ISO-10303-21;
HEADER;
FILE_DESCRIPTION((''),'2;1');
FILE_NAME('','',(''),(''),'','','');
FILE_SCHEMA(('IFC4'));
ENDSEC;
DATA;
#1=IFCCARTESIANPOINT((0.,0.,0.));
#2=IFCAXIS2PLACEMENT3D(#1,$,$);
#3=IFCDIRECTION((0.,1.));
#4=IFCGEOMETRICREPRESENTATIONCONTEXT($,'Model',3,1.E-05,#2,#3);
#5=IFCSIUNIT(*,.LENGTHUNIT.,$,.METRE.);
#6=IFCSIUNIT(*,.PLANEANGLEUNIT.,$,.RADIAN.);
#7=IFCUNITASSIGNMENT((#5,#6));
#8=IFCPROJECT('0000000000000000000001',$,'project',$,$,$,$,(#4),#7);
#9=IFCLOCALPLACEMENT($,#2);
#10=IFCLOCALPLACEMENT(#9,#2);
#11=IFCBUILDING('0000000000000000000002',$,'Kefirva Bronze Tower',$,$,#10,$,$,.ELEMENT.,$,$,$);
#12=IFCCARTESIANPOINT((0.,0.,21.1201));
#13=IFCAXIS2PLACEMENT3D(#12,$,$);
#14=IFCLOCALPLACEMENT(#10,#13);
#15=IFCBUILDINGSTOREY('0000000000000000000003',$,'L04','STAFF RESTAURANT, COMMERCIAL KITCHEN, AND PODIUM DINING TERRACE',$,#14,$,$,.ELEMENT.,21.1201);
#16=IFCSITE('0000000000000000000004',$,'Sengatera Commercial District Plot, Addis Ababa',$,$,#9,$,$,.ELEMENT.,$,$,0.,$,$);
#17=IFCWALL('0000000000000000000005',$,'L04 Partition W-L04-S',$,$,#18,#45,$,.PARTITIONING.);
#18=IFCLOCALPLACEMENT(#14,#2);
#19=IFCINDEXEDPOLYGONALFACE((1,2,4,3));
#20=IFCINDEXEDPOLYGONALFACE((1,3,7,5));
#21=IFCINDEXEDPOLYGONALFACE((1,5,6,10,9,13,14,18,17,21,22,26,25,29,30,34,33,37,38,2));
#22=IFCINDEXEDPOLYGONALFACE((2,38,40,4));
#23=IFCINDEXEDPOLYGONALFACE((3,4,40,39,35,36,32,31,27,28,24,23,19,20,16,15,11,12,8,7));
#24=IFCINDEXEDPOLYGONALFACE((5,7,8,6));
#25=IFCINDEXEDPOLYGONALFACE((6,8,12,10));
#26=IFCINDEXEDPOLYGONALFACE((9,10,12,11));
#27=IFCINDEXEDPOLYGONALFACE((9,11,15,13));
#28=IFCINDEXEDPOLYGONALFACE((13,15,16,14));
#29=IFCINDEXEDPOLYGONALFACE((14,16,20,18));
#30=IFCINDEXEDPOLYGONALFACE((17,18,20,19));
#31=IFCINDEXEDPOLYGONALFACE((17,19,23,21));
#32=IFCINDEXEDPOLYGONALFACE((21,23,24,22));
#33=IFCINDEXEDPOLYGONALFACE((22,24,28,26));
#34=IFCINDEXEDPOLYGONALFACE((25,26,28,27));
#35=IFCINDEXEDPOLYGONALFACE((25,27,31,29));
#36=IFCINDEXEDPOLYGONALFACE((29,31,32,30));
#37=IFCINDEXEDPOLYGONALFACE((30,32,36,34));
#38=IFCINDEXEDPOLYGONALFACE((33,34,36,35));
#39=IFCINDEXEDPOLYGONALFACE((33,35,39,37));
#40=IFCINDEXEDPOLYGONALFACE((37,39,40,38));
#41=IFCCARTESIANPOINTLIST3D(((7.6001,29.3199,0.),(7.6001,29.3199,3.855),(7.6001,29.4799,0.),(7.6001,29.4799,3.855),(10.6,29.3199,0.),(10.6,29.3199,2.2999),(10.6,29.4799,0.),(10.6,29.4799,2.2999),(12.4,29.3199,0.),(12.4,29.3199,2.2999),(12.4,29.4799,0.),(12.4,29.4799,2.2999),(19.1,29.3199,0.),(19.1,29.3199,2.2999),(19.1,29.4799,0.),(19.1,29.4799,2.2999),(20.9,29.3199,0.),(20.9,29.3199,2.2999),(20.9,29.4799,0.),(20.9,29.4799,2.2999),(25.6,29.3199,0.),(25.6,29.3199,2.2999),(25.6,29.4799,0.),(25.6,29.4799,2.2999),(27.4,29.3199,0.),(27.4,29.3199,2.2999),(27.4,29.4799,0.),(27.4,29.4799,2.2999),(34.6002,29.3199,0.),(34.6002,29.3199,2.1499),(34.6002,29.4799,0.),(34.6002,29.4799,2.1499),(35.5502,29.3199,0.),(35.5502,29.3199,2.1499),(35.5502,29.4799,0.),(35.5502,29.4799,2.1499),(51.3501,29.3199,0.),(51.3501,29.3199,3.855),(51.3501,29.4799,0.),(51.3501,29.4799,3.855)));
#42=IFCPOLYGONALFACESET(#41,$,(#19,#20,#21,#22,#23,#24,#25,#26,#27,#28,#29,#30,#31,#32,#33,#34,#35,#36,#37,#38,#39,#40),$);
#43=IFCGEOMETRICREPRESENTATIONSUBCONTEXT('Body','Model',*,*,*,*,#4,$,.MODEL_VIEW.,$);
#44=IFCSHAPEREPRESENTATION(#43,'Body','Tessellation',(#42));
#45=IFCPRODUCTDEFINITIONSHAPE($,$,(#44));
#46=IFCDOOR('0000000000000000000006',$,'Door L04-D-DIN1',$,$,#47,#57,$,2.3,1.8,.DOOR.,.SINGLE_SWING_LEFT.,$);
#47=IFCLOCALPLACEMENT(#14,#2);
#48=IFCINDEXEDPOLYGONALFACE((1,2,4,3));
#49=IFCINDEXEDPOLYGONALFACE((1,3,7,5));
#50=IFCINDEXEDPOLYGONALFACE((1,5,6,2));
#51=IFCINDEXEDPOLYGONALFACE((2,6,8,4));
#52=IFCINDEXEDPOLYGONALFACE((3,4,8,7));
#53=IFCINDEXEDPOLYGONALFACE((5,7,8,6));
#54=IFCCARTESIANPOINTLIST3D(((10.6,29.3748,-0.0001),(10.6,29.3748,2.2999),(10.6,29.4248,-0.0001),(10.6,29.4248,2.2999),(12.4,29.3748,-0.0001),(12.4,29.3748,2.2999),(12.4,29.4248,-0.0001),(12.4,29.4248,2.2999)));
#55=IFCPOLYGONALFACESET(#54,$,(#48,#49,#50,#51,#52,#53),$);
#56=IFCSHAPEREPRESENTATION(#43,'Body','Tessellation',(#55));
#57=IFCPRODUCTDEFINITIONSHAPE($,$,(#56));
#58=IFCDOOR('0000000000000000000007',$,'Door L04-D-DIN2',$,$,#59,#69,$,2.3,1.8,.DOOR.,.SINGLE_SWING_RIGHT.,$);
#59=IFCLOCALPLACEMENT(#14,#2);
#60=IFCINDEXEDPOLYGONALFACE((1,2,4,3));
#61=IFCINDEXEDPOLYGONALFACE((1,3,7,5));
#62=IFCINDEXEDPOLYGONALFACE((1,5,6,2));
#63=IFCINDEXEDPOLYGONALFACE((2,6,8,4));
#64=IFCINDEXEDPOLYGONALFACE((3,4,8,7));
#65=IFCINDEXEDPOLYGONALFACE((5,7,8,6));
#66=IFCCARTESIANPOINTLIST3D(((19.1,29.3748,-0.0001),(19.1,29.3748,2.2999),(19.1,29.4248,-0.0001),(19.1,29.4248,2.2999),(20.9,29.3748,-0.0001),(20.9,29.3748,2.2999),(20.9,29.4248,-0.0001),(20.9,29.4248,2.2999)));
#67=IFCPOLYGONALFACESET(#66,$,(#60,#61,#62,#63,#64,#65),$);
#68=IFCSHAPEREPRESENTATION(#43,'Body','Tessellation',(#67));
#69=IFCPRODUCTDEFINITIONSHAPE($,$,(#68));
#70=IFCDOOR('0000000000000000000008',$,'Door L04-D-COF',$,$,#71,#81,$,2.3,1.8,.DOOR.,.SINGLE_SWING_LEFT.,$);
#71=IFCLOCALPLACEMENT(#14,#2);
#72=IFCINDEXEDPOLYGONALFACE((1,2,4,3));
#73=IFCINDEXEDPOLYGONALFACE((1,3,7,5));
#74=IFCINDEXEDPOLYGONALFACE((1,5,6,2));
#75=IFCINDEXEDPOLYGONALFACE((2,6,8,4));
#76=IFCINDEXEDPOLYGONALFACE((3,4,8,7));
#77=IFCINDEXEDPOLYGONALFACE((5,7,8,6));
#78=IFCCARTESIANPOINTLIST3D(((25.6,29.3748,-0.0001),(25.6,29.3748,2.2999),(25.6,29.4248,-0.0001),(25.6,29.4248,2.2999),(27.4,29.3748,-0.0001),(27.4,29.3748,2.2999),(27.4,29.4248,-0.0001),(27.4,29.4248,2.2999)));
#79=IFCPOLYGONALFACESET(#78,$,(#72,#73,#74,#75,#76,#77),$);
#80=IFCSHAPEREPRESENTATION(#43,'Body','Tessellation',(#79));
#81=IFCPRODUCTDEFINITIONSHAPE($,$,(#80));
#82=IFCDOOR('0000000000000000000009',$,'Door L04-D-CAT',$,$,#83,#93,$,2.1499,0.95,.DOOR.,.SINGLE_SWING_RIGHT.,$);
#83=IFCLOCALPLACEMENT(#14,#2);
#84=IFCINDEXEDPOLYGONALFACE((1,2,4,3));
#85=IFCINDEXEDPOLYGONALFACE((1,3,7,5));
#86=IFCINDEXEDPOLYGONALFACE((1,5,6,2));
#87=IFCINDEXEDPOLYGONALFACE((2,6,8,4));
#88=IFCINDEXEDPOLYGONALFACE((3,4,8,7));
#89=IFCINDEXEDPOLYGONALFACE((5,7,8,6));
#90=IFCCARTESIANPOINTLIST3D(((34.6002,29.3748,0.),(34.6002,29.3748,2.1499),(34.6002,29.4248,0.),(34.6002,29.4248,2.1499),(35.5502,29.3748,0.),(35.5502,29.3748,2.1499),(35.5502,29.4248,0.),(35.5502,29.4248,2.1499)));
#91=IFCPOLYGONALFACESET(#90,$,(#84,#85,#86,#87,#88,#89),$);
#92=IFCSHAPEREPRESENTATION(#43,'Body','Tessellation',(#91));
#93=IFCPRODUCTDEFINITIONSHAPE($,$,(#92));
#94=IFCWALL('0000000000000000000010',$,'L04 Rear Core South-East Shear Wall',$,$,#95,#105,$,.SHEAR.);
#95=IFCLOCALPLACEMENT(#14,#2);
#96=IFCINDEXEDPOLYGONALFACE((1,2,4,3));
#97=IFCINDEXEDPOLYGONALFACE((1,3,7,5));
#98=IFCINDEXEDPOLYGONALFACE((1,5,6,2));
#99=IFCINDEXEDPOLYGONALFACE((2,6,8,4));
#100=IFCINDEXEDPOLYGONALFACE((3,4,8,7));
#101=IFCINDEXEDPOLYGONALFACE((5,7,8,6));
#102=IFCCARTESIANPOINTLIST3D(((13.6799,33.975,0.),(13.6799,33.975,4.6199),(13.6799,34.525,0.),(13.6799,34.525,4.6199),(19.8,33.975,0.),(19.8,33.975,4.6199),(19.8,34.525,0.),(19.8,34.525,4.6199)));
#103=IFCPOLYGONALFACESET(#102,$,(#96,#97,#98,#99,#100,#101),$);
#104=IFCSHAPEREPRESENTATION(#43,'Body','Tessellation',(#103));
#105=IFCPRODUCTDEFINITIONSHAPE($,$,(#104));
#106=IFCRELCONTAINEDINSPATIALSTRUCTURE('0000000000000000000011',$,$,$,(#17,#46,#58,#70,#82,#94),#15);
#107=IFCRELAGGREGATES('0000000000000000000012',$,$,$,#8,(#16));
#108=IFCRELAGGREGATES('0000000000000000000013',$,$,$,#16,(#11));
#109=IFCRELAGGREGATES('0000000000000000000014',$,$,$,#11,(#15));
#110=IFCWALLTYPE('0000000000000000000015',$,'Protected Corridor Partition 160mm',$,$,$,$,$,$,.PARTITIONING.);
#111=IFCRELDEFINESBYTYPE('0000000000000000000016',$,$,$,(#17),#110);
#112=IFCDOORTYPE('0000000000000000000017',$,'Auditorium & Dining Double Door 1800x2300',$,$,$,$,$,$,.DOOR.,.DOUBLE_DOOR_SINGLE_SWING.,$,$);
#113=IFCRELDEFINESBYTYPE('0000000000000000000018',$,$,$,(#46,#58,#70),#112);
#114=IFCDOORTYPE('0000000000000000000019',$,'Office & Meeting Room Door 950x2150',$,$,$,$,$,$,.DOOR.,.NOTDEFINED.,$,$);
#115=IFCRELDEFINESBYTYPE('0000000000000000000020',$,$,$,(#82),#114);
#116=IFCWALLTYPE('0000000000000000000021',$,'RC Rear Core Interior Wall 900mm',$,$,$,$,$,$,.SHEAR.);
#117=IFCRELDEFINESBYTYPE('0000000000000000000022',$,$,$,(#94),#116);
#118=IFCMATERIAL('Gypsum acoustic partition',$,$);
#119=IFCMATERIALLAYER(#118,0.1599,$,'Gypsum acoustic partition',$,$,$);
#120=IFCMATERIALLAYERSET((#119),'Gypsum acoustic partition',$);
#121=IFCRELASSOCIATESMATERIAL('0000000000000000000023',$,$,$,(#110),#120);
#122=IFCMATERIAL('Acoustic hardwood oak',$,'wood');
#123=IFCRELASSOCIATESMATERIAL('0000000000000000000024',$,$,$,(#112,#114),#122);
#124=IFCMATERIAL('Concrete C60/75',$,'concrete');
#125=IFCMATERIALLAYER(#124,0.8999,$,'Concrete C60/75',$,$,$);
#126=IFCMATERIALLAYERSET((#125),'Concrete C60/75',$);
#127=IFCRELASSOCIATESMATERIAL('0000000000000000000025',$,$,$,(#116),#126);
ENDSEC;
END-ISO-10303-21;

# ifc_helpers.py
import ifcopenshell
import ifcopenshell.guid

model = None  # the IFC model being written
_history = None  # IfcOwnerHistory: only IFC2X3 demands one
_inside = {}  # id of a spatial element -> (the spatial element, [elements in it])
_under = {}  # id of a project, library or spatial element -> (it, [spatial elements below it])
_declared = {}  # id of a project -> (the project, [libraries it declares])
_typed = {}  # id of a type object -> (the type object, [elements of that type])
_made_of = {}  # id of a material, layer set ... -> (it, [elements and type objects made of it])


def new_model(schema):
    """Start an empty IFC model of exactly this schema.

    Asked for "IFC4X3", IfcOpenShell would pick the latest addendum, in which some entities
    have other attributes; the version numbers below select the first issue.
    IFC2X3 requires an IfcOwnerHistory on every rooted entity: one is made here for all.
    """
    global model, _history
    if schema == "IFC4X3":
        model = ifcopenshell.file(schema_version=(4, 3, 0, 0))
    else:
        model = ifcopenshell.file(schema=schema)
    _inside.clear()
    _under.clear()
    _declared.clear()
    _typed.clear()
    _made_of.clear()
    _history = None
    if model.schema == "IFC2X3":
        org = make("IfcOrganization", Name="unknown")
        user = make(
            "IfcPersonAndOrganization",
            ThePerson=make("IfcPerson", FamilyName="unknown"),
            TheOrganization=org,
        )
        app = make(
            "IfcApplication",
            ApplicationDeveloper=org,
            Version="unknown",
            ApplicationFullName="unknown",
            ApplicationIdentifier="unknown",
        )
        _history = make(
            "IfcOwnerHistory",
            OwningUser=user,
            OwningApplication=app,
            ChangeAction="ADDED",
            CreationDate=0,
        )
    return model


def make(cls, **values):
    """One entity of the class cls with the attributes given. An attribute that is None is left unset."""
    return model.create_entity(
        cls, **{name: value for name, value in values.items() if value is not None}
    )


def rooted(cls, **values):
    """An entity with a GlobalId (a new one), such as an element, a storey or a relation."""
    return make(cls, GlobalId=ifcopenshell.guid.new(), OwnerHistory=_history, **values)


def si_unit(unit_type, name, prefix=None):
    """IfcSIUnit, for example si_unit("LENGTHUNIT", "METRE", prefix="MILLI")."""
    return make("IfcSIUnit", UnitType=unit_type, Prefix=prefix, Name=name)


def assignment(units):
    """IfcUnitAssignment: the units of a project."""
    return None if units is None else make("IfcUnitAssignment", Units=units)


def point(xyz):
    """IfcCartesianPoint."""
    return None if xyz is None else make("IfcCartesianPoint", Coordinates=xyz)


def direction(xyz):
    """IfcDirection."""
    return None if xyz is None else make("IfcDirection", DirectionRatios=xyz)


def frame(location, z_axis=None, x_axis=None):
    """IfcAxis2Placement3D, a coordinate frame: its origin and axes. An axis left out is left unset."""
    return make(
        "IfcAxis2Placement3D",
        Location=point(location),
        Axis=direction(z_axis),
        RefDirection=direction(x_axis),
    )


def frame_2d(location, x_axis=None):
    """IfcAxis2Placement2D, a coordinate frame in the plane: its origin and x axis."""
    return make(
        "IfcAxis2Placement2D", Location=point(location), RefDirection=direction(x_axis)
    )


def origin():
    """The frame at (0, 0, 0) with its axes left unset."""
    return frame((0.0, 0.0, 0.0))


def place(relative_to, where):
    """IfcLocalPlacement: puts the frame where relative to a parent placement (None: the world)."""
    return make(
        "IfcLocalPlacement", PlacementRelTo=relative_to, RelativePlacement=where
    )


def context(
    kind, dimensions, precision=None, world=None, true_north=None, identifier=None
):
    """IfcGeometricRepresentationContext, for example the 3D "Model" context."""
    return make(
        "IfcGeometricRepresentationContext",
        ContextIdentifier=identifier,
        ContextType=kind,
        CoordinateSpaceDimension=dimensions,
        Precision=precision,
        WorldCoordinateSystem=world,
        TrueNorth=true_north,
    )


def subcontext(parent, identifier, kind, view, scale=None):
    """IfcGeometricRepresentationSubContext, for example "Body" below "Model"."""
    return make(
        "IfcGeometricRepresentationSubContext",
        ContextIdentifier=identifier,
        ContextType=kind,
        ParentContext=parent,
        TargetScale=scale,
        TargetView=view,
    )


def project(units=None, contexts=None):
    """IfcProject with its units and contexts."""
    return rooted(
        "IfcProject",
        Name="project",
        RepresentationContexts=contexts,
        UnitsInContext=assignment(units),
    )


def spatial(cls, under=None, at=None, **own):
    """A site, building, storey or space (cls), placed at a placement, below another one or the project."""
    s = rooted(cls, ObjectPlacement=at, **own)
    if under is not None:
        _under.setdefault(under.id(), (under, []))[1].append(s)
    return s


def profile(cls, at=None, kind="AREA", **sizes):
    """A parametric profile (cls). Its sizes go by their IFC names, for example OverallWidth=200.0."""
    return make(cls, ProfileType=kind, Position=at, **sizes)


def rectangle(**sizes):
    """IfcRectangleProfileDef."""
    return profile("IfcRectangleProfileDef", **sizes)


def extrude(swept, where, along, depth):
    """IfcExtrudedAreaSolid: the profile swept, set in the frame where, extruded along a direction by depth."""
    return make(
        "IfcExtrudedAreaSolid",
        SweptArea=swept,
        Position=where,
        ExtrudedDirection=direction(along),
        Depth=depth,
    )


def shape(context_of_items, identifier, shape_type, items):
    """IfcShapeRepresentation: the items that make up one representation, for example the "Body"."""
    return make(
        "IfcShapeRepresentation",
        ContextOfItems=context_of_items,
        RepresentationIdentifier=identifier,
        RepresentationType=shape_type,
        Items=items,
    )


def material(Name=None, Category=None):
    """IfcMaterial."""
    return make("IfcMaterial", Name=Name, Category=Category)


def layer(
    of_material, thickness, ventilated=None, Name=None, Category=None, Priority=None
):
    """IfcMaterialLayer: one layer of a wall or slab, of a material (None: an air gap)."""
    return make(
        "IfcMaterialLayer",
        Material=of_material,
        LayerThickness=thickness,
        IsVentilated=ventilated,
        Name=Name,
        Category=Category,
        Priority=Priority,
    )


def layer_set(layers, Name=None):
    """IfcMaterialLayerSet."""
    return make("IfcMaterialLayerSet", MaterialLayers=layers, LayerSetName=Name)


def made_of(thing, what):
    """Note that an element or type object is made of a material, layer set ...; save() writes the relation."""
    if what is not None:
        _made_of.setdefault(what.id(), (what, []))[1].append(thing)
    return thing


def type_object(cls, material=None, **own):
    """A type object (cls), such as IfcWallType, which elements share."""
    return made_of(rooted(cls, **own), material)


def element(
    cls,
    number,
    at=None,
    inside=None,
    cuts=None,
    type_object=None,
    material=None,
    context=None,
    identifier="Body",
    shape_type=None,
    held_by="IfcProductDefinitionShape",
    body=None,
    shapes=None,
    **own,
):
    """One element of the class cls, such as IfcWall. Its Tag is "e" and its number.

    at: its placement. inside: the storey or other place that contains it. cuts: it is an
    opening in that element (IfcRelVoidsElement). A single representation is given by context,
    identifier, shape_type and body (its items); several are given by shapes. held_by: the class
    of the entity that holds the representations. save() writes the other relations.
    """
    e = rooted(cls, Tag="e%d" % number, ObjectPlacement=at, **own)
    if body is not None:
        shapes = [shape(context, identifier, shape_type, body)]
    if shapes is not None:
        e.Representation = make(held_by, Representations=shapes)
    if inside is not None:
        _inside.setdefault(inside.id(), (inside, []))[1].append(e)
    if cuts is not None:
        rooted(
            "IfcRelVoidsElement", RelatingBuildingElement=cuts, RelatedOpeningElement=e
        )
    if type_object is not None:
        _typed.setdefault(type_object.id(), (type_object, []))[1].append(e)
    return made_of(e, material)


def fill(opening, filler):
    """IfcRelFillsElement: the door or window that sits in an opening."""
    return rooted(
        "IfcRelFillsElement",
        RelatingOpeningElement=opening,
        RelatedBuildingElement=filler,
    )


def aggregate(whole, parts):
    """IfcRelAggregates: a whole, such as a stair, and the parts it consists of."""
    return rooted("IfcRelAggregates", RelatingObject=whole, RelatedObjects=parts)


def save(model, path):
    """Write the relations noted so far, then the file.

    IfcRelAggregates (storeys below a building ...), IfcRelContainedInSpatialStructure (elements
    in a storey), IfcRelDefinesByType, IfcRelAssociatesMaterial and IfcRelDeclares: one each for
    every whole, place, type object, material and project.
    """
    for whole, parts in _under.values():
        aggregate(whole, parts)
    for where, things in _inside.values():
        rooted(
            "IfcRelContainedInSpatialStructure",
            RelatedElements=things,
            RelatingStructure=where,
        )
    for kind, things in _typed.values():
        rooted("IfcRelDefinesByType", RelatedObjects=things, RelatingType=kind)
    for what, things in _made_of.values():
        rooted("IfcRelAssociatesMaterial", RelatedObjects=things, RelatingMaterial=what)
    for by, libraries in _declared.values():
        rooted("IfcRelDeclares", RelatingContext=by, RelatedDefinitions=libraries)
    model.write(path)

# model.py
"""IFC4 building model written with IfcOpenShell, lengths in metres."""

from ifc_helpers import new_model, si_unit, direction, frame, frame_2d, origin, place, context, subcontext, project, spatial, rectangle, extrude, material, layer, layer_set, type_object, element, fill, save


model = new_model("IFC4")

# Units and contexts
model_context = context("Model", 3, precision=1e-05, world=origin(), true_north=direction((0.0, 1.0)))
body_context = subcontext(model_context, "Body", "Model", "MODEL_VIEW")
ifc_project = project(units=[si_unit("LENGTHUNIT", "METRE"), si_unit("PLANEANGLEUNIT", "RADIAN")], contexts=[model_context])

# Site, building, storey
site_placement = place(None, origin())
site = spatial("IfcSite", under=ifc_project, at=site_placement, Name="Sengatera Commercial District Plot, Addis Ababa", CompositionType="ELEMENT", RefElevation=0.0)
building_placement = place(site_placement, origin())
building = spatial("IfcBuilding", under=site, at=building_placement, Name="Kefirva Bronze Tower", CompositionType="ELEMENT")
storey_placement = place(building_placement, frame((0.0, 0.0, 21.1201)))
storey = spatial("IfcBuildingStorey", under=building, at=storey_placement, Name="L04", Description="STAFF RESTAURANT, COMMERCIAL KITCHEN, AND PODIUM DINING TERRACE", CompositionType="ELEMENT", Elevation=21.1201)

# Shared definitions
ifc_material_1 = material(Name="Concrete C60/75", Category="concrete")

# Wall, openings, doors
ifc_material_2 = material(Name="Gypsum acoustic partition")
ifc_layer_1 = layer(ifc_material_2, 0.1599, Name="Gypsum acoustic partition")
ifc_layer_set_1 = layer_set([ifc_layer_1], Name="Gypsum acoustic partition")
wall_type_1 = type_object("IfcWallType", Name="Protected Corridor Partition 160mm", PredefinedType="PARTITIONING", material=ifc_layer_set_1)
wall_1_placement = place(storey_placement, frame((7.6001, 29.3999, 0.0), z_axis=(0.0, 0.0, 1.0), x_axis=(1.0, 0.0, 0.0)))
wall_1 = element("IfcWall", 1, at=wall_1_placement, inside=storey, type_object=wall_type_1, Name="L04 Partition W-L04-S", PredefinedType="PARTITIONING", context=body_context, shape_type="SweptSolid", body=[
    extrude(rectangle(XDim=43.75, YDim=0.1599, at=frame_2d((21.875, 0.0))), origin(), (0.0, 0.0, 1.0), 3.855),
])
opening_1_placement = place(wall_1_placement, frame((3.0, 0.0, 0.0)))
opening_1 = element("IfcOpeningElement", 2, at=opening_1_placement, cuts=wall_1, PredefinedType="OPENING", context=body_context, shape_type="SweptSolid", body=[
    extrude(rectangle(XDim=1.8, YDim=2.3, at=frame_2d((0.8999, 1.1499))), frame((0.0, 0.0898, 0.0), z_axis=(0.0, -1.0, 0.0), x_axis=(1.0, 0.0, 0.0)), (0.0, 0.0, 1.0), 0.1799),
])
opening_2_placement = place(wall_1_placement, frame((11.5, 0.0, 0.0)))
opening_2 = element("IfcOpeningElement", 3, at=opening_2_placement, cuts=wall_1, PredefinedType="OPENING", context=body_context, shape_type="SweptSolid", body=[
    extrude(rectangle(XDim=1.8, YDim=2.3, at=frame_2d((0.8999, 1.1499))), frame((0.0, 0.0898, 0.0), z_axis=(0.0, -1.0, 0.0), x_axis=(1.0, 0.0, 0.0)), (0.0, 0.0, 1.0), 0.1799),
])
opening_3_placement = place(wall_1_placement, frame((18.0, 0.0, 0.0)))
opening_3 = element("IfcOpeningElement", 4, at=opening_3_placement, cuts=wall_1, PredefinedType="OPENING", context=body_context, shape_type="SweptSolid", body=[
    extrude(rectangle(XDim=1.8, YDim=2.3, at=frame_2d((0.8999, 1.1499))), frame((0.0, 0.0898, 0.0), z_axis=(0.0, -1.0, 0.0), x_axis=(1.0, 0.0, 0.0)), (0.0, 0.0, 1.0), 0.1799),
])
opening_4_placement = place(wall_1_placement, frame((27.0, 0.0, 0.0)))
opening_4 = element("IfcOpeningElement", 5, at=opening_4_placement, cuts=wall_1, PredefinedType="OPENING", context=body_context, shape_type="SweptSolid", body=[
    extrude(rectangle(XDim=0.95, YDim=2.1499, at=frame_2d((0.4751, 1.075))), frame((0.0, 0.0898, 0.0), z_axis=(0.0, -1.0, 0.0), x_axis=(1.0, 0.0, 0.0)), (0.0, 0.0, 1.0), 0.1799),
])
ifc_material_3 = material(Name="Acoustic hardwood oak", Category="wood")
door_type_1 = type_object("IfcDoorType", Name="Auditorium & Dining Double Door 1800x2300", OperationType="DOUBLE_DOOR_SINGLE_SWING", PredefinedType="DOOR", material=ifc_material_3)
door_1_placement = place(opening_1_placement, origin())
door_1 = element("IfcDoor", 6, at=door_1_placement, inside=storey, type_object=door_type_1, Name="Door L04-D-DIN1", OperationType="SINGLE_SWING_LEFT", OverallHeight=2.3, OverallWidth=1.8, PredefinedType="DOOR", context=body_context, shape_type="SweptSolid", body=[
    extrude(rectangle(XDim=1.8, YDim=2.3, at=frame_2d((0.8999, 1.1499))), frame((0.0, 0.0249, 0.0), z_axis=(0.0, -1.0, 0.0), x_axis=(1.0, 0.0, 0.0)), (0.0, 0.0, 1.0), 0.05),
])
fill(opening_1, door_1)
door_2_placement = place(opening_2_placement, origin())
door_2 = element("IfcDoor", 7, at=door_2_placement, inside=storey, type_object=door_type_1, Name="Door L04-D-DIN2", OperationType="SINGLE_SWING_RIGHT", OverallHeight=2.3, OverallWidth=1.8, PredefinedType="DOOR", context=body_context, shape_type="SweptSolid", body=[
    extrude(rectangle(XDim=1.8, YDim=2.3, at=frame_2d((0.8999, 1.1499))), frame((0.0, 0.0249, 0.0), z_axis=(0.0, -1.0, 0.0), x_axis=(1.0, 0.0, 0.0)), (0.0, 0.0, 1.0), 0.05),
])
fill(opening_2, door_2)
door_3_placement = place(opening_3_placement, origin())
door_3 = element("IfcDoor", 8, at=door_3_placement, inside=storey, type_object=door_type_1, Name="Door L04-D-COF", OperationType="SINGLE_SWING_LEFT", OverallHeight=2.3, OverallWidth=1.8, PredefinedType="DOOR", context=body_context, shape_type="SweptSolid", body=[
    extrude(rectangle(XDim=1.8, YDim=2.3, at=frame_2d((0.8999, 1.1499))), frame((0.0, 0.0249, 0.0), z_axis=(0.0, -1.0, 0.0), x_axis=(1.0, 0.0, 0.0)), (0.0, 0.0, 1.0), 0.05),
])
fill(opening_3, door_3)
door_type_2 = type_object("IfcDoorType", Name="Office & Meeting Room Door 950x2150", OperationType="NOTDEFINED", PredefinedType="DOOR", material=ifc_material_3)
door_4_placement = place(opening_4_placement, origin())
door_4 = element("IfcDoor", 9, at=door_4_placement, inside=storey, type_object=door_type_2, Name="Door L04-D-CAT", OperationType="SINGLE_SWING_RIGHT", OverallHeight=2.1499, OverallWidth=0.95, PredefinedType="DOOR", context=body_context, shape_type="SweptSolid", body=[
    extrude(rectangle(XDim=0.95, YDim=2.1499, at=frame_2d((0.4751, 1.075))), frame((0.0, 0.0249, 0.0), z_axis=(0.0, -1.0, 0.0), x_axis=(1.0, 0.0, 0.0)), (0.0, 0.0, 1.0), 0.05),
])
fill(opening_4, door_4)

# Shared definitions
ifc_layer_2 = layer(ifc_material_1, 0.8999, Name="Concrete C60/75")
ifc_layer_set_2 = layer_set([ifc_layer_2], Name="Concrete C60/75")
wall_type_2 = type_object("IfcWallType", Name="RC Rear Core Interior Wall 900mm", PredefinedType="SHEAR", material=ifc_layer_set_2)

# Wall
wall_2_placement = place(storey_placement, frame((13.6799, 34.25, 0.0), z_axis=(0.0, 0.0, 1.0), x_axis=(1.0, 0.0, 0.0)))
element("IfcWall", 10, at=wall_2_placement, inside=storey, type_object=wall_type_2, Name="L04 Rear Core South-East Shear Wall", PredefinedType="SHEAR", context=body_context, shape_type="SweptSolid", body=[
    extrude(rectangle(XDim=6.1201, YDim=0.55, at=frame_2d((3.0601, 0.0))), origin(), (0.0, 0.0, 1.0), 4.6199),
])

save(model, "model.ifc")
